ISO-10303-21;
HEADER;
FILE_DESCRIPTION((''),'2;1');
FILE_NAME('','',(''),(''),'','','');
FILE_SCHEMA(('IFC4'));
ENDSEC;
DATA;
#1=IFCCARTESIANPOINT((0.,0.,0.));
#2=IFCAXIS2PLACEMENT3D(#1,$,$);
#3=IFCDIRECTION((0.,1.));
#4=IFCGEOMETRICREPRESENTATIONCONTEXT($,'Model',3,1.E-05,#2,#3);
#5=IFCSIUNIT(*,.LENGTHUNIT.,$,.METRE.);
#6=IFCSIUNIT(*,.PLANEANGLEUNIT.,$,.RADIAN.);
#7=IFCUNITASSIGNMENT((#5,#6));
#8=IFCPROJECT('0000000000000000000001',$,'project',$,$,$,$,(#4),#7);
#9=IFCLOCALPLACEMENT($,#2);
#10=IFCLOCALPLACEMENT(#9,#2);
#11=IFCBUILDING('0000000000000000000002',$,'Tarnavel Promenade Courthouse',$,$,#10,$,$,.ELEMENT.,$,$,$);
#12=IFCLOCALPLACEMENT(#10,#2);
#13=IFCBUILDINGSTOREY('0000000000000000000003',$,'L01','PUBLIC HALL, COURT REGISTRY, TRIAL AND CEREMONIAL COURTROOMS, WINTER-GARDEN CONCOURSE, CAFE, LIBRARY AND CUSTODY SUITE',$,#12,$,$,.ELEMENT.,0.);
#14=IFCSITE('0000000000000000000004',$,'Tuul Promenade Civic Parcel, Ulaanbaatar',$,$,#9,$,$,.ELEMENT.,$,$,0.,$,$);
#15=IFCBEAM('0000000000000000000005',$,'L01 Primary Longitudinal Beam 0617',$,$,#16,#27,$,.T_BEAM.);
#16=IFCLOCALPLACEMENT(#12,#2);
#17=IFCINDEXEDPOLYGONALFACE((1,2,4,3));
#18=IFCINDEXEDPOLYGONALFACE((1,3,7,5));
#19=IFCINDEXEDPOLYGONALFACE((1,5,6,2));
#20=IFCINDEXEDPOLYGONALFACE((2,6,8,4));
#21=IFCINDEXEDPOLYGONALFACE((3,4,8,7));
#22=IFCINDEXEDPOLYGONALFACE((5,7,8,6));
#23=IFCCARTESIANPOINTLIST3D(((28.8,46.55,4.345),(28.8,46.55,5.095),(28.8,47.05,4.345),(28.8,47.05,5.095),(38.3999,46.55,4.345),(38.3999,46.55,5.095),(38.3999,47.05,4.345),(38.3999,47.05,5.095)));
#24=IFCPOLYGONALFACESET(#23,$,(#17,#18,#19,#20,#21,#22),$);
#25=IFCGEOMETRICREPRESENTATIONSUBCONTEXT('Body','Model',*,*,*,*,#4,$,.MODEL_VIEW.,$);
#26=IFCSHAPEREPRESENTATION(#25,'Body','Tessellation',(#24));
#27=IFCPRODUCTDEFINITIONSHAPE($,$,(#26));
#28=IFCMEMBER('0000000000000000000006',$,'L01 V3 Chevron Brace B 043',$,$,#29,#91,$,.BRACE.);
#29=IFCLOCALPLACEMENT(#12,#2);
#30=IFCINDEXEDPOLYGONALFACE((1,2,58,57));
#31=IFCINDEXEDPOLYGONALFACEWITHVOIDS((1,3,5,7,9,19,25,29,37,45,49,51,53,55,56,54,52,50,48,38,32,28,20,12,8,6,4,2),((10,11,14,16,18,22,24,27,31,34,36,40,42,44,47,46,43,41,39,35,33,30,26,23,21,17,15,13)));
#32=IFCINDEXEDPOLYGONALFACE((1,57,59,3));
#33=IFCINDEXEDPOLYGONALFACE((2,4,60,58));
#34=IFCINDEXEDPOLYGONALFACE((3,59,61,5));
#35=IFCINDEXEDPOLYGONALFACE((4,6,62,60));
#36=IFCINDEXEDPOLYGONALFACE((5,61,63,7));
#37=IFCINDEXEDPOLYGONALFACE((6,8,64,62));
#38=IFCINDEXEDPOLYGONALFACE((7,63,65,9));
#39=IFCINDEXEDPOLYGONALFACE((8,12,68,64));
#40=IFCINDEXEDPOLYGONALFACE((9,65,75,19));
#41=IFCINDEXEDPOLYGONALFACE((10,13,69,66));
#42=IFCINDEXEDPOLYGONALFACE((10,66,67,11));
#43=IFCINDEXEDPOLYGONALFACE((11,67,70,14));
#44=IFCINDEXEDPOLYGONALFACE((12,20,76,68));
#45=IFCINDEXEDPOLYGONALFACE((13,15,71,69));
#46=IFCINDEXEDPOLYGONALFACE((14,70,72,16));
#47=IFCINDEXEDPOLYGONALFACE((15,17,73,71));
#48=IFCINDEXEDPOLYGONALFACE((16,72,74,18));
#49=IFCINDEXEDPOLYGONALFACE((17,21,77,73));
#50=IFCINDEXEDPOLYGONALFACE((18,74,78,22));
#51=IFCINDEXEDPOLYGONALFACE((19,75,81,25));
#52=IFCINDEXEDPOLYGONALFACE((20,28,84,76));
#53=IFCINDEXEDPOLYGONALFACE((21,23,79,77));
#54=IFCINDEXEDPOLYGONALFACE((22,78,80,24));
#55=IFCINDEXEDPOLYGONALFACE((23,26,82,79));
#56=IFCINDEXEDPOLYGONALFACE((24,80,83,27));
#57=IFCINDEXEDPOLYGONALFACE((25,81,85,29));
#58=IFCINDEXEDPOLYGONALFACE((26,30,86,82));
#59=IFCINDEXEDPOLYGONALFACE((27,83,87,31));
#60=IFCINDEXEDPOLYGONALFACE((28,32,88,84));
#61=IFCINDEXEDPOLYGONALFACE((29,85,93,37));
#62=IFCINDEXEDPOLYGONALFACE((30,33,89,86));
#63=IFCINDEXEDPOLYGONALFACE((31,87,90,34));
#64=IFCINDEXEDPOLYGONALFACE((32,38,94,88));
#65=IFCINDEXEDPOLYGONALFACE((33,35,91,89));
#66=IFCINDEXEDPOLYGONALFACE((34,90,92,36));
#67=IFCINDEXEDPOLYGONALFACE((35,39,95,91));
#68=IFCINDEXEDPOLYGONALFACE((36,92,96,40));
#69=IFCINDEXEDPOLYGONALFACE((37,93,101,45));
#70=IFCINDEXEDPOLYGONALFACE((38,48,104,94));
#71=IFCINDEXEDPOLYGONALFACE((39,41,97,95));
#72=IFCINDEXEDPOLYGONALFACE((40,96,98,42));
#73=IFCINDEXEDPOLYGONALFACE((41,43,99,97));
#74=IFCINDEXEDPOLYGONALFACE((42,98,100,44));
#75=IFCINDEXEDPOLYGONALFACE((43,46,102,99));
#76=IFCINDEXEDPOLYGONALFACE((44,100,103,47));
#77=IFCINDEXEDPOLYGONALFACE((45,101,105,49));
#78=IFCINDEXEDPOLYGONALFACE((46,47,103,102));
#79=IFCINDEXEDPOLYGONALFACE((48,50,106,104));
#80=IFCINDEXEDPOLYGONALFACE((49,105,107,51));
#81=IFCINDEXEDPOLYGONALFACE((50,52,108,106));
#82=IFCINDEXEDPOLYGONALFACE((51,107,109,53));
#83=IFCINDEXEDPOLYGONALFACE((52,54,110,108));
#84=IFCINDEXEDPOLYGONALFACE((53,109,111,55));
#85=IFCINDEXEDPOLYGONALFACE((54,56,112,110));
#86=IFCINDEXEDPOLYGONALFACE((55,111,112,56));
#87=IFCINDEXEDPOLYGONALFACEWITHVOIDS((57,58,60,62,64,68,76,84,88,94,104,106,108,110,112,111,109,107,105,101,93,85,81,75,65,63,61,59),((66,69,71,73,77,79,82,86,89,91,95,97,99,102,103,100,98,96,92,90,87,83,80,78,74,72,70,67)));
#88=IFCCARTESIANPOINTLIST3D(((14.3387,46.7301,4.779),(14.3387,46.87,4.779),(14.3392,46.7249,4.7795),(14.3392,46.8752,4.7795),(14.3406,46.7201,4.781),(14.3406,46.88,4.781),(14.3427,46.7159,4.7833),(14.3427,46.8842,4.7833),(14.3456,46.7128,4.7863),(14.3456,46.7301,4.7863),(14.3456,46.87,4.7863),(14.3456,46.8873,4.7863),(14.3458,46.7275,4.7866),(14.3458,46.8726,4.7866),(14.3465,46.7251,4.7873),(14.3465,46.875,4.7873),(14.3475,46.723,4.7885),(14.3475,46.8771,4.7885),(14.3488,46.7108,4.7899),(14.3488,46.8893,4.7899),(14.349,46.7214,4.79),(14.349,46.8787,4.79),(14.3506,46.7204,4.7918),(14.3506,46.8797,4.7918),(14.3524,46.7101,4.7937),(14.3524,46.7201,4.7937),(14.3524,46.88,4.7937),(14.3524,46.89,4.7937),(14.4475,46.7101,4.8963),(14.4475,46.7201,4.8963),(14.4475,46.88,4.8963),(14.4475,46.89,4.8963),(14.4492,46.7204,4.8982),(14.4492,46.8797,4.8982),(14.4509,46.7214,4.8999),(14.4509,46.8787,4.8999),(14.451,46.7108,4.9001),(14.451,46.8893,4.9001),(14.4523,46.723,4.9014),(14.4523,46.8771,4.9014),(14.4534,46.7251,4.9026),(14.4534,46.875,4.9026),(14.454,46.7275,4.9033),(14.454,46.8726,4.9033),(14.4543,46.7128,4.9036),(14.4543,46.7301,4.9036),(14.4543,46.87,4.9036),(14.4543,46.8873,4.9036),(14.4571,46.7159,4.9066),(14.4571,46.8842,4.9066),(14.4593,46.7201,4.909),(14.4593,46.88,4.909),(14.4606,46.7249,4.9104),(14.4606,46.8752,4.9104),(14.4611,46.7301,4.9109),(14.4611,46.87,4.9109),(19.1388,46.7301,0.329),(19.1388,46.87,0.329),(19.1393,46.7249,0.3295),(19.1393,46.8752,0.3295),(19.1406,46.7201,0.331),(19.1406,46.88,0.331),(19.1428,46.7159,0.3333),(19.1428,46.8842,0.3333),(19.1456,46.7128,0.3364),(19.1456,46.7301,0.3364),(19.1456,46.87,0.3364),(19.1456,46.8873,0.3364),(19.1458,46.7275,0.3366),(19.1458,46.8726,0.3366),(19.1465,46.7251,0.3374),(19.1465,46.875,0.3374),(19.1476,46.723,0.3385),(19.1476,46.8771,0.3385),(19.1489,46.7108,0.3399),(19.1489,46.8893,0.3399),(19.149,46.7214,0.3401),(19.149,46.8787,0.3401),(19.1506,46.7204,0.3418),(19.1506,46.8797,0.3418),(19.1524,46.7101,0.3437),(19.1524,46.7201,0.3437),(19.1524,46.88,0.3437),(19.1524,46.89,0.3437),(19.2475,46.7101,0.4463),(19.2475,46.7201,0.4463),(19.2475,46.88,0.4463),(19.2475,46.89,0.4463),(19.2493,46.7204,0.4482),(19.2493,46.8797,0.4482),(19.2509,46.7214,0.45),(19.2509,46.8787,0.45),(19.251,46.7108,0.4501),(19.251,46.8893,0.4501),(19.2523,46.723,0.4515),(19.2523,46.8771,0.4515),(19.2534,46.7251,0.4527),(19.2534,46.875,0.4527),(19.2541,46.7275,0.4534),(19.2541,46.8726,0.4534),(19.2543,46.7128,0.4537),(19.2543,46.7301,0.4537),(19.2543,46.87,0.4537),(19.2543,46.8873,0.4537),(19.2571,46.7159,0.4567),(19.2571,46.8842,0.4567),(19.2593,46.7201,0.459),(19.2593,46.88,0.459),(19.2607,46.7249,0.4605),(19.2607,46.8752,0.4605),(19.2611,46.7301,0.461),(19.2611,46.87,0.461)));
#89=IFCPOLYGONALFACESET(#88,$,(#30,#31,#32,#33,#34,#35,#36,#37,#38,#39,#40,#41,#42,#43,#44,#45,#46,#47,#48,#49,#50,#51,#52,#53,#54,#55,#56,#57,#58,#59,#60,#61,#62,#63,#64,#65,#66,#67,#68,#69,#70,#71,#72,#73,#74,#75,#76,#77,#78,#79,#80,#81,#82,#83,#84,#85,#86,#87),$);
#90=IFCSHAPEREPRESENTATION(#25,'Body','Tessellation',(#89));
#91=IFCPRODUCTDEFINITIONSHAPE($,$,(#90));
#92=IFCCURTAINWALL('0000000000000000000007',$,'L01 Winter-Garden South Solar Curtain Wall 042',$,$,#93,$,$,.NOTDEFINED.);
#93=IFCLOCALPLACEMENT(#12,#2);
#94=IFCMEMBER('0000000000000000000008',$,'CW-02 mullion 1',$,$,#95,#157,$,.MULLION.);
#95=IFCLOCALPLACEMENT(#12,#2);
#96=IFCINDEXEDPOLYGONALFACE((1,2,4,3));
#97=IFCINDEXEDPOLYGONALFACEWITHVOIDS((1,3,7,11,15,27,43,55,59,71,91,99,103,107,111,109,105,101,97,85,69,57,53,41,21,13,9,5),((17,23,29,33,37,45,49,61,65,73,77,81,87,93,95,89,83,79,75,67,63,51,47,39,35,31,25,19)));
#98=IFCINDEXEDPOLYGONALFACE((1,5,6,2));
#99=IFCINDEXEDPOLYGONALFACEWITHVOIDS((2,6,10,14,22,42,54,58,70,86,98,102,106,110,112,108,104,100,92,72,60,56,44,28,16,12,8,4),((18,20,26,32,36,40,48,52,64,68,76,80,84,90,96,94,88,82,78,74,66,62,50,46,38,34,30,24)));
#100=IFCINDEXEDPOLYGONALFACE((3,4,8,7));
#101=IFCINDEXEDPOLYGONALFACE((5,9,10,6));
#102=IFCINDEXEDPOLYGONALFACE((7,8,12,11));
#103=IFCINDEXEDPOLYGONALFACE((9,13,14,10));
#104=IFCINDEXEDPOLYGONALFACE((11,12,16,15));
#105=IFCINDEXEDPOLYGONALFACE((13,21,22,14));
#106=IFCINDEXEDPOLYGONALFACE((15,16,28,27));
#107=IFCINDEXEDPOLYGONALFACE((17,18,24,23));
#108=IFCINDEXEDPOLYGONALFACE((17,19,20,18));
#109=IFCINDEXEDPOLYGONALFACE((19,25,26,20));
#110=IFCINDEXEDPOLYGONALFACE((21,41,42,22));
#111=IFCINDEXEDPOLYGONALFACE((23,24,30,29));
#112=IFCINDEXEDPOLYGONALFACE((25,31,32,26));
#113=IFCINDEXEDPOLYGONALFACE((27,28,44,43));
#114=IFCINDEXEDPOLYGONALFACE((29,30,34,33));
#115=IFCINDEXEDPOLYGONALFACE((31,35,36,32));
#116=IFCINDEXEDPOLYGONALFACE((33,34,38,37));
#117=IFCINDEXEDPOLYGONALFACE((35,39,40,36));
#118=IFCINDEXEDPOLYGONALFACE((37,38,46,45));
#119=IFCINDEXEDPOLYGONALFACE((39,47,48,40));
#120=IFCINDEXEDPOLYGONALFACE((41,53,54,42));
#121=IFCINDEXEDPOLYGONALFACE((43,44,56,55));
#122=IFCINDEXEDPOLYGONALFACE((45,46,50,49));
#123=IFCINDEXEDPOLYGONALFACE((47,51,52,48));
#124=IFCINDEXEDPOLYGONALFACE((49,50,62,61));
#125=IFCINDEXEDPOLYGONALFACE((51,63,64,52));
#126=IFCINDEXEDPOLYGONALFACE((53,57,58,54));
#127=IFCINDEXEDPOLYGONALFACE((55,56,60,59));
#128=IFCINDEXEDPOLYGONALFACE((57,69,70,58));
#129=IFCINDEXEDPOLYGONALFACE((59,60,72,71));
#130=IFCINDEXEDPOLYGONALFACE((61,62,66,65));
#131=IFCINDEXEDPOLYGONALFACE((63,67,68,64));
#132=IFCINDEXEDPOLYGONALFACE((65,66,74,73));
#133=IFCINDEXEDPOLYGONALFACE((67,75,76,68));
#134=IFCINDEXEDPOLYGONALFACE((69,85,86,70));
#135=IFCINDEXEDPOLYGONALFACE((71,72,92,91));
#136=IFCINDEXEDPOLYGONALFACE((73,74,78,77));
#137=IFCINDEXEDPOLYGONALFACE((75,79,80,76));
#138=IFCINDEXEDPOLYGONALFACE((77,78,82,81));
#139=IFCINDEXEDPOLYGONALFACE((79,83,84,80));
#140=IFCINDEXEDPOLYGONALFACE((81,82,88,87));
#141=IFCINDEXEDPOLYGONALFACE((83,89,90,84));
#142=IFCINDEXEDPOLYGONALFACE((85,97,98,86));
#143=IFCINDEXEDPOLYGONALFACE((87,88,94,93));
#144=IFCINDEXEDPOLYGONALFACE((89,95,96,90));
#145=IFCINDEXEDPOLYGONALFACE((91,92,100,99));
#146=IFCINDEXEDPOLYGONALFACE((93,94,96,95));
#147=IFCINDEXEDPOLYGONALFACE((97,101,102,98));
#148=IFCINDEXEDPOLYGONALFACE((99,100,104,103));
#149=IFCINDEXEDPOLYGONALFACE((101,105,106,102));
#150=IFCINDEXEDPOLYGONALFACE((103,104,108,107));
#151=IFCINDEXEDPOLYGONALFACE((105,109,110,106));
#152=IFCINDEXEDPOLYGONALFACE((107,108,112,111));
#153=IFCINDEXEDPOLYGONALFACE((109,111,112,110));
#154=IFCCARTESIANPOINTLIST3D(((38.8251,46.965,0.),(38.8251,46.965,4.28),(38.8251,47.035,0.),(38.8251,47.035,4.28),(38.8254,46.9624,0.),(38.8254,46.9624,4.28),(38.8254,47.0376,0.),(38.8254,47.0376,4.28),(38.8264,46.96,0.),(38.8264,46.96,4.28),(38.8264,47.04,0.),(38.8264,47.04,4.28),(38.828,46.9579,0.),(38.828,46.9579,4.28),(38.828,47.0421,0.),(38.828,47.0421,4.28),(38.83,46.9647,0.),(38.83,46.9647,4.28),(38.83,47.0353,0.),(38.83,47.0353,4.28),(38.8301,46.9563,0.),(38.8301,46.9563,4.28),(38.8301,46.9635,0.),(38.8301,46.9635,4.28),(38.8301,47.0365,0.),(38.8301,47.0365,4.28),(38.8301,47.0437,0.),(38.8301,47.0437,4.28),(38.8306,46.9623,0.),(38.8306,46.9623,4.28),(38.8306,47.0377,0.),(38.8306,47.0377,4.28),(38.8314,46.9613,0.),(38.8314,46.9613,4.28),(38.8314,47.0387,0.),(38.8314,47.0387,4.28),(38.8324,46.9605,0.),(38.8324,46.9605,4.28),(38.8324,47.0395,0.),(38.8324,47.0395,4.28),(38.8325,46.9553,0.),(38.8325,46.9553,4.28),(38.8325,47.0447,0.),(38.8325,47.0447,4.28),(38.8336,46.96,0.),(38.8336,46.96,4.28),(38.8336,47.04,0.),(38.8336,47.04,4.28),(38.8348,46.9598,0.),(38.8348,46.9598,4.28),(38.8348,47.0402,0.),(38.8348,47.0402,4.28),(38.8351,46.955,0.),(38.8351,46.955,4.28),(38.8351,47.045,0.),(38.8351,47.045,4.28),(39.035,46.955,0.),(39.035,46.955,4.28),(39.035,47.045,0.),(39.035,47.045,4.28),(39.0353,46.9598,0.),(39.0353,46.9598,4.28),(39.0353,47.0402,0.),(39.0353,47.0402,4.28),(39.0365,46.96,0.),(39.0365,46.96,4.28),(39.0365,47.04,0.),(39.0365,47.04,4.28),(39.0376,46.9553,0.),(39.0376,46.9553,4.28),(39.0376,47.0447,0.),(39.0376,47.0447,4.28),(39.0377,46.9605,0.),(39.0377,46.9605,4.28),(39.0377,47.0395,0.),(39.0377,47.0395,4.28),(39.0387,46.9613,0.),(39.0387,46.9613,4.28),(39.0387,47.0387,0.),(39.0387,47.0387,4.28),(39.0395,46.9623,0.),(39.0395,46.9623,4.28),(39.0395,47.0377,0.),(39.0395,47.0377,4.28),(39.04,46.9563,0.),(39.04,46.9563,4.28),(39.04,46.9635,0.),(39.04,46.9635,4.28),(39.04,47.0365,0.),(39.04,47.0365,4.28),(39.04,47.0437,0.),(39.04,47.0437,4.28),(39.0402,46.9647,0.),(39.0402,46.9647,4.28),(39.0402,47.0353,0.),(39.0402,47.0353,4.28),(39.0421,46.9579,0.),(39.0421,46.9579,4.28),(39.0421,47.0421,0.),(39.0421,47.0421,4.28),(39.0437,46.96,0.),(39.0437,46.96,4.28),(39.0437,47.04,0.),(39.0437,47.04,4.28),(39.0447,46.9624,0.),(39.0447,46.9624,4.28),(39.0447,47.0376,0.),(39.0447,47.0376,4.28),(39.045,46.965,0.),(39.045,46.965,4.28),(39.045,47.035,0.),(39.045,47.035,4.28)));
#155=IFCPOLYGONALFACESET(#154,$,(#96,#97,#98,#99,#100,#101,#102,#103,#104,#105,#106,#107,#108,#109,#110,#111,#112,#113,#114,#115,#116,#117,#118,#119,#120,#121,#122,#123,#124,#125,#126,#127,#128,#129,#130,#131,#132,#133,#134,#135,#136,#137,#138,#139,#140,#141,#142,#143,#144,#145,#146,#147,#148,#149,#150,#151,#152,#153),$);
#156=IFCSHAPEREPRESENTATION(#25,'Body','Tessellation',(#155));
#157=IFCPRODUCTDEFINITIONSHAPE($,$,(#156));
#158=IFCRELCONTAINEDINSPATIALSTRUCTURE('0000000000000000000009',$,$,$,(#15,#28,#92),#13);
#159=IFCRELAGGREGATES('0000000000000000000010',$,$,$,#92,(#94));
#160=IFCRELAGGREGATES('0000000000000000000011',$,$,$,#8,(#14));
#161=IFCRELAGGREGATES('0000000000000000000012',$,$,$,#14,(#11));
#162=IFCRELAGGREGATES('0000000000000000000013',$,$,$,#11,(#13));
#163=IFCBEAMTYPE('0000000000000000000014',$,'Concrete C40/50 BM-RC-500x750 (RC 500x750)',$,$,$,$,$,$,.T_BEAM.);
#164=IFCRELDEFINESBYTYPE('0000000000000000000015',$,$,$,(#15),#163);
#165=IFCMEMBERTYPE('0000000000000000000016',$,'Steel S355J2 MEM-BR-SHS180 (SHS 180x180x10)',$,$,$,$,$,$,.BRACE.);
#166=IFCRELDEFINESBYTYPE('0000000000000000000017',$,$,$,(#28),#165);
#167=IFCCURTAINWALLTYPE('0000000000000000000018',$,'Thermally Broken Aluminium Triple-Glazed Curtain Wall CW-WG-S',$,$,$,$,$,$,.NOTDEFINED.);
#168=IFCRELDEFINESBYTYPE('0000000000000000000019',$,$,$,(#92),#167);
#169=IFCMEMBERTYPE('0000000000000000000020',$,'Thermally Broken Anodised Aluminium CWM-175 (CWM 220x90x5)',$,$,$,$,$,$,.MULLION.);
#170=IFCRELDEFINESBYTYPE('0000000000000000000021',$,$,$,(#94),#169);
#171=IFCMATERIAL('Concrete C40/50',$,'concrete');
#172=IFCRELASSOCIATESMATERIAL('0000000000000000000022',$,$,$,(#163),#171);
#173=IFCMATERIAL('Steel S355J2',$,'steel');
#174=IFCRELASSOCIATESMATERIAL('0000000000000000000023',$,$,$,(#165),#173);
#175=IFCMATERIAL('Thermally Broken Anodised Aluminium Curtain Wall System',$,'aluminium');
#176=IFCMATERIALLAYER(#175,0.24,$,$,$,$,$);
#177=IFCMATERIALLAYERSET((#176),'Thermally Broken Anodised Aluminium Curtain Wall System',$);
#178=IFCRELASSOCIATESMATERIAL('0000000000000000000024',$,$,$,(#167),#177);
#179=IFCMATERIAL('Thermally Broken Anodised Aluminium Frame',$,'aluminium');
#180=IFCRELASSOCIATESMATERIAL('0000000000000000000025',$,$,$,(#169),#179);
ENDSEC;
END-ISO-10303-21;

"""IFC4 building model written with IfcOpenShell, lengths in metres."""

from ifc_helpers import new_model, si_unit, direction, frame, origin, origin_2d, place, context, subcontext, project, spatial, rectangle, hollow_rectangle, extrude, material, layer, layer_set, material_profile, profile_set, type_object, element, aggregate, save


model = new_model("IFC4")

# Units and contexts
model_context = context("Model", 3, precision=1e-05, world=origin(), true_north=direction((0.0, 1.0)))
body_context = subcontext(model_context, "Body", "Model", "MODEL_VIEW")
ifc_project = project(units=[si_unit("LENGTHUNIT", "METRE"), si_unit("PLANEANGLEUNIT", "RADIAN")], contexts=[model_context])

# Site, building, storey
site_placement = place(None, origin())
site = spatial("IfcSite", under=ifc_project, at=site_placement, Name="Tuul Promenade Civic Parcel, Ulaanbaatar", CompositionType="ELEMENT", RefElevation=0.0)
building_placement = place(site_placement, origin())
building = spatial("IfcBuilding", under=site, at=building_placement, Name="Tarnavel Promenade Courthouse", CompositionType="ELEMENT")
storey_placement = place(building_placement, origin())
storey = spatial("IfcBuildingStorey", under=building, at=storey_placement, Name="L01", Description="PUBLIC HALL, COURT REGISTRY, TRIAL AND CEREMONIAL COURTROOMS, WINTER-GARDEN CONCOURSE, CAFE, LIBRARY AND CUSTODY SUITE", CompositionType="ELEMENT", Elevation=0.0)

# Shared definitions
ifc_material_1 = material(Name="Concrete C40/50", Category="concrete")

# Beam
ifc_material_profile_1 = material_profile(ifc_material_1, rectangle(XDim=0.5, YDim=0.75, at=origin_2d()), Name="RC 500x750")
ifc_profile_set_1 = profile_set([ifc_material_profile_1], Name="Concrete C40/50")
beam_type_1 = type_object("IfcBeamType", Name="Concrete C40/50 BM-RC-500x750 (RC 500x750)", PredefinedType="T_BEAM", material=ifc_profile_set_1)
beam_1_placement = place(storey_placement, frame((28.8, 46.8, 4.72), z_axis=(1.0, 0.0, 0.0), x_axis=(0.0, 1.0, 0.0)))
element("IfcBeam", 1, at=beam_1_placement, inside=storey, type_object=beam_type_1, Name="L01 Primary Longitudinal Beam 0617", PredefinedType="T_BEAM", context=body_context, shape_type="SweptSolid", body=[
    extrude(rectangle(XDim=0.5, YDim=0.75, at=origin_2d()), origin(), (0.0, 0.0, 1.0), 9.5999),
])

# Member
ifc_material_2 = material(Name="Steel S355J2", Category="steel")
ifc_material_profile_2 = material_profile(ifc_material_2, hollow_rectangle(XDim=0.1799, YDim=0.1799, WallThickness=0.01, InnerFilletRadius=0.01, OuterFilletRadius=0.02, at=origin_2d()), Name="SHS 180x180x10")
ifc_profile_set_2 = profile_set([ifc_material_profile_2], Name="Steel S355J2")
member_type_1 = type_object("IfcMemberType", Name="Steel S355J2 MEM-BR-SHS180 (SHS 180x180x10)", PredefinedType="BRACE", material=ifc_profile_set_2)
member_1_placement = place(storey_placement, frame((19.2, 46.8, 0.395), z_axis=(-0.733345, 0.0, 0.679857), x_axis=(0.0, -1.0, 0.0)))
element("IfcMember", 2, at=member_1_placement, inside=storey, type_object=member_type_1, Name="L01 V3 Chevron Brace B 043", PredefinedType="BRACE", context=body_context, shape_type="SweptSolid", body=[
    extrude(hollow_rectangle(XDim=0.1799, YDim=0.1799, WallThickness=0.01, InnerFilletRadius=0.01, OuterFilletRadius=0.02, at=origin_2d()), origin(), (0.0, 0.0, 1.0), 6.5454),
])

# Curtain wall, member
ifc_material_3 = material(Name="Thermally Broken Anodised Aluminium Curtain Wall System", Category="aluminium")
ifc_layer_1 = layer(ifc_material_3, 0.24)
ifc_layer_set_1 = layer_set([ifc_layer_1], Name="Thermally Broken Anodised Aluminium Curtain Wall System")
curtain_wall_type = type_object("IfcCurtainWallType", Name="Thermally Broken Aluminium Triple-Glazed Curtain Wall CW-WG-S", PredefinedType="NOTDEFINED", material=ifc_layer_set_1)
curtain_wall_placement = place(storey_placement, origin())
curtain_wall = element("IfcCurtainWall", 3, at=curtain_wall_placement, inside=storey, type_object=curtain_wall_type, Name="L01 Winter-Garden South Solar Curtain Wall 042", PredefinedType="NOTDEFINED")
ifc_material_4 = material(Name="Thermally Broken Anodised Aluminium Frame", Category="aluminium")
ifc_material_profile_3 = material_profile(ifc_material_4, hollow_rectangle(XDim=0.0901, YDim=0.22, WallThickness=0.0049, InnerFilletRadius=0.0049, OuterFilletRadius=0.01, at=origin_2d()), Name="CWM 220x90x5")
ifc_profile_set_3 = profile_set([ifc_material_profile_3], Name="Thermally Broken Anodised Aluminium Frame")
member_type_2 = type_object("IfcMemberType", Name="Thermally Broken Anodised Aluminium CWM-175 (CWM 220x90x5)", PredefinedType="MULLION", material=ifc_profile_set_3)
member_2_placement = place(storey_placement, frame((38.9351, 47.0, 0.0), z_axis=(0.0, 0.0, 1.0), x_axis=(0.0, 1.0, 0.0)))
member_2 = element("IfcMember", 4, at=member_2_placement, type_object=member_type_2, Name="CW-02 mullion 1", PredefinedType="MULLION", context=body_context, shape_type="SweptSolid", body=[
    extrude(hollow_rectangle(XDim=0.0901, YDim=0.22, WallThickness=0.0049, InnerFilletRadius=0.0049, OuterFilletRadius=0.01, at=origin_2d()), origin(), (0.0, 0.0, 1.0), 4.28),
])
aggregate(curtain_wall, [member_2])

save(model, "model.ifc")
